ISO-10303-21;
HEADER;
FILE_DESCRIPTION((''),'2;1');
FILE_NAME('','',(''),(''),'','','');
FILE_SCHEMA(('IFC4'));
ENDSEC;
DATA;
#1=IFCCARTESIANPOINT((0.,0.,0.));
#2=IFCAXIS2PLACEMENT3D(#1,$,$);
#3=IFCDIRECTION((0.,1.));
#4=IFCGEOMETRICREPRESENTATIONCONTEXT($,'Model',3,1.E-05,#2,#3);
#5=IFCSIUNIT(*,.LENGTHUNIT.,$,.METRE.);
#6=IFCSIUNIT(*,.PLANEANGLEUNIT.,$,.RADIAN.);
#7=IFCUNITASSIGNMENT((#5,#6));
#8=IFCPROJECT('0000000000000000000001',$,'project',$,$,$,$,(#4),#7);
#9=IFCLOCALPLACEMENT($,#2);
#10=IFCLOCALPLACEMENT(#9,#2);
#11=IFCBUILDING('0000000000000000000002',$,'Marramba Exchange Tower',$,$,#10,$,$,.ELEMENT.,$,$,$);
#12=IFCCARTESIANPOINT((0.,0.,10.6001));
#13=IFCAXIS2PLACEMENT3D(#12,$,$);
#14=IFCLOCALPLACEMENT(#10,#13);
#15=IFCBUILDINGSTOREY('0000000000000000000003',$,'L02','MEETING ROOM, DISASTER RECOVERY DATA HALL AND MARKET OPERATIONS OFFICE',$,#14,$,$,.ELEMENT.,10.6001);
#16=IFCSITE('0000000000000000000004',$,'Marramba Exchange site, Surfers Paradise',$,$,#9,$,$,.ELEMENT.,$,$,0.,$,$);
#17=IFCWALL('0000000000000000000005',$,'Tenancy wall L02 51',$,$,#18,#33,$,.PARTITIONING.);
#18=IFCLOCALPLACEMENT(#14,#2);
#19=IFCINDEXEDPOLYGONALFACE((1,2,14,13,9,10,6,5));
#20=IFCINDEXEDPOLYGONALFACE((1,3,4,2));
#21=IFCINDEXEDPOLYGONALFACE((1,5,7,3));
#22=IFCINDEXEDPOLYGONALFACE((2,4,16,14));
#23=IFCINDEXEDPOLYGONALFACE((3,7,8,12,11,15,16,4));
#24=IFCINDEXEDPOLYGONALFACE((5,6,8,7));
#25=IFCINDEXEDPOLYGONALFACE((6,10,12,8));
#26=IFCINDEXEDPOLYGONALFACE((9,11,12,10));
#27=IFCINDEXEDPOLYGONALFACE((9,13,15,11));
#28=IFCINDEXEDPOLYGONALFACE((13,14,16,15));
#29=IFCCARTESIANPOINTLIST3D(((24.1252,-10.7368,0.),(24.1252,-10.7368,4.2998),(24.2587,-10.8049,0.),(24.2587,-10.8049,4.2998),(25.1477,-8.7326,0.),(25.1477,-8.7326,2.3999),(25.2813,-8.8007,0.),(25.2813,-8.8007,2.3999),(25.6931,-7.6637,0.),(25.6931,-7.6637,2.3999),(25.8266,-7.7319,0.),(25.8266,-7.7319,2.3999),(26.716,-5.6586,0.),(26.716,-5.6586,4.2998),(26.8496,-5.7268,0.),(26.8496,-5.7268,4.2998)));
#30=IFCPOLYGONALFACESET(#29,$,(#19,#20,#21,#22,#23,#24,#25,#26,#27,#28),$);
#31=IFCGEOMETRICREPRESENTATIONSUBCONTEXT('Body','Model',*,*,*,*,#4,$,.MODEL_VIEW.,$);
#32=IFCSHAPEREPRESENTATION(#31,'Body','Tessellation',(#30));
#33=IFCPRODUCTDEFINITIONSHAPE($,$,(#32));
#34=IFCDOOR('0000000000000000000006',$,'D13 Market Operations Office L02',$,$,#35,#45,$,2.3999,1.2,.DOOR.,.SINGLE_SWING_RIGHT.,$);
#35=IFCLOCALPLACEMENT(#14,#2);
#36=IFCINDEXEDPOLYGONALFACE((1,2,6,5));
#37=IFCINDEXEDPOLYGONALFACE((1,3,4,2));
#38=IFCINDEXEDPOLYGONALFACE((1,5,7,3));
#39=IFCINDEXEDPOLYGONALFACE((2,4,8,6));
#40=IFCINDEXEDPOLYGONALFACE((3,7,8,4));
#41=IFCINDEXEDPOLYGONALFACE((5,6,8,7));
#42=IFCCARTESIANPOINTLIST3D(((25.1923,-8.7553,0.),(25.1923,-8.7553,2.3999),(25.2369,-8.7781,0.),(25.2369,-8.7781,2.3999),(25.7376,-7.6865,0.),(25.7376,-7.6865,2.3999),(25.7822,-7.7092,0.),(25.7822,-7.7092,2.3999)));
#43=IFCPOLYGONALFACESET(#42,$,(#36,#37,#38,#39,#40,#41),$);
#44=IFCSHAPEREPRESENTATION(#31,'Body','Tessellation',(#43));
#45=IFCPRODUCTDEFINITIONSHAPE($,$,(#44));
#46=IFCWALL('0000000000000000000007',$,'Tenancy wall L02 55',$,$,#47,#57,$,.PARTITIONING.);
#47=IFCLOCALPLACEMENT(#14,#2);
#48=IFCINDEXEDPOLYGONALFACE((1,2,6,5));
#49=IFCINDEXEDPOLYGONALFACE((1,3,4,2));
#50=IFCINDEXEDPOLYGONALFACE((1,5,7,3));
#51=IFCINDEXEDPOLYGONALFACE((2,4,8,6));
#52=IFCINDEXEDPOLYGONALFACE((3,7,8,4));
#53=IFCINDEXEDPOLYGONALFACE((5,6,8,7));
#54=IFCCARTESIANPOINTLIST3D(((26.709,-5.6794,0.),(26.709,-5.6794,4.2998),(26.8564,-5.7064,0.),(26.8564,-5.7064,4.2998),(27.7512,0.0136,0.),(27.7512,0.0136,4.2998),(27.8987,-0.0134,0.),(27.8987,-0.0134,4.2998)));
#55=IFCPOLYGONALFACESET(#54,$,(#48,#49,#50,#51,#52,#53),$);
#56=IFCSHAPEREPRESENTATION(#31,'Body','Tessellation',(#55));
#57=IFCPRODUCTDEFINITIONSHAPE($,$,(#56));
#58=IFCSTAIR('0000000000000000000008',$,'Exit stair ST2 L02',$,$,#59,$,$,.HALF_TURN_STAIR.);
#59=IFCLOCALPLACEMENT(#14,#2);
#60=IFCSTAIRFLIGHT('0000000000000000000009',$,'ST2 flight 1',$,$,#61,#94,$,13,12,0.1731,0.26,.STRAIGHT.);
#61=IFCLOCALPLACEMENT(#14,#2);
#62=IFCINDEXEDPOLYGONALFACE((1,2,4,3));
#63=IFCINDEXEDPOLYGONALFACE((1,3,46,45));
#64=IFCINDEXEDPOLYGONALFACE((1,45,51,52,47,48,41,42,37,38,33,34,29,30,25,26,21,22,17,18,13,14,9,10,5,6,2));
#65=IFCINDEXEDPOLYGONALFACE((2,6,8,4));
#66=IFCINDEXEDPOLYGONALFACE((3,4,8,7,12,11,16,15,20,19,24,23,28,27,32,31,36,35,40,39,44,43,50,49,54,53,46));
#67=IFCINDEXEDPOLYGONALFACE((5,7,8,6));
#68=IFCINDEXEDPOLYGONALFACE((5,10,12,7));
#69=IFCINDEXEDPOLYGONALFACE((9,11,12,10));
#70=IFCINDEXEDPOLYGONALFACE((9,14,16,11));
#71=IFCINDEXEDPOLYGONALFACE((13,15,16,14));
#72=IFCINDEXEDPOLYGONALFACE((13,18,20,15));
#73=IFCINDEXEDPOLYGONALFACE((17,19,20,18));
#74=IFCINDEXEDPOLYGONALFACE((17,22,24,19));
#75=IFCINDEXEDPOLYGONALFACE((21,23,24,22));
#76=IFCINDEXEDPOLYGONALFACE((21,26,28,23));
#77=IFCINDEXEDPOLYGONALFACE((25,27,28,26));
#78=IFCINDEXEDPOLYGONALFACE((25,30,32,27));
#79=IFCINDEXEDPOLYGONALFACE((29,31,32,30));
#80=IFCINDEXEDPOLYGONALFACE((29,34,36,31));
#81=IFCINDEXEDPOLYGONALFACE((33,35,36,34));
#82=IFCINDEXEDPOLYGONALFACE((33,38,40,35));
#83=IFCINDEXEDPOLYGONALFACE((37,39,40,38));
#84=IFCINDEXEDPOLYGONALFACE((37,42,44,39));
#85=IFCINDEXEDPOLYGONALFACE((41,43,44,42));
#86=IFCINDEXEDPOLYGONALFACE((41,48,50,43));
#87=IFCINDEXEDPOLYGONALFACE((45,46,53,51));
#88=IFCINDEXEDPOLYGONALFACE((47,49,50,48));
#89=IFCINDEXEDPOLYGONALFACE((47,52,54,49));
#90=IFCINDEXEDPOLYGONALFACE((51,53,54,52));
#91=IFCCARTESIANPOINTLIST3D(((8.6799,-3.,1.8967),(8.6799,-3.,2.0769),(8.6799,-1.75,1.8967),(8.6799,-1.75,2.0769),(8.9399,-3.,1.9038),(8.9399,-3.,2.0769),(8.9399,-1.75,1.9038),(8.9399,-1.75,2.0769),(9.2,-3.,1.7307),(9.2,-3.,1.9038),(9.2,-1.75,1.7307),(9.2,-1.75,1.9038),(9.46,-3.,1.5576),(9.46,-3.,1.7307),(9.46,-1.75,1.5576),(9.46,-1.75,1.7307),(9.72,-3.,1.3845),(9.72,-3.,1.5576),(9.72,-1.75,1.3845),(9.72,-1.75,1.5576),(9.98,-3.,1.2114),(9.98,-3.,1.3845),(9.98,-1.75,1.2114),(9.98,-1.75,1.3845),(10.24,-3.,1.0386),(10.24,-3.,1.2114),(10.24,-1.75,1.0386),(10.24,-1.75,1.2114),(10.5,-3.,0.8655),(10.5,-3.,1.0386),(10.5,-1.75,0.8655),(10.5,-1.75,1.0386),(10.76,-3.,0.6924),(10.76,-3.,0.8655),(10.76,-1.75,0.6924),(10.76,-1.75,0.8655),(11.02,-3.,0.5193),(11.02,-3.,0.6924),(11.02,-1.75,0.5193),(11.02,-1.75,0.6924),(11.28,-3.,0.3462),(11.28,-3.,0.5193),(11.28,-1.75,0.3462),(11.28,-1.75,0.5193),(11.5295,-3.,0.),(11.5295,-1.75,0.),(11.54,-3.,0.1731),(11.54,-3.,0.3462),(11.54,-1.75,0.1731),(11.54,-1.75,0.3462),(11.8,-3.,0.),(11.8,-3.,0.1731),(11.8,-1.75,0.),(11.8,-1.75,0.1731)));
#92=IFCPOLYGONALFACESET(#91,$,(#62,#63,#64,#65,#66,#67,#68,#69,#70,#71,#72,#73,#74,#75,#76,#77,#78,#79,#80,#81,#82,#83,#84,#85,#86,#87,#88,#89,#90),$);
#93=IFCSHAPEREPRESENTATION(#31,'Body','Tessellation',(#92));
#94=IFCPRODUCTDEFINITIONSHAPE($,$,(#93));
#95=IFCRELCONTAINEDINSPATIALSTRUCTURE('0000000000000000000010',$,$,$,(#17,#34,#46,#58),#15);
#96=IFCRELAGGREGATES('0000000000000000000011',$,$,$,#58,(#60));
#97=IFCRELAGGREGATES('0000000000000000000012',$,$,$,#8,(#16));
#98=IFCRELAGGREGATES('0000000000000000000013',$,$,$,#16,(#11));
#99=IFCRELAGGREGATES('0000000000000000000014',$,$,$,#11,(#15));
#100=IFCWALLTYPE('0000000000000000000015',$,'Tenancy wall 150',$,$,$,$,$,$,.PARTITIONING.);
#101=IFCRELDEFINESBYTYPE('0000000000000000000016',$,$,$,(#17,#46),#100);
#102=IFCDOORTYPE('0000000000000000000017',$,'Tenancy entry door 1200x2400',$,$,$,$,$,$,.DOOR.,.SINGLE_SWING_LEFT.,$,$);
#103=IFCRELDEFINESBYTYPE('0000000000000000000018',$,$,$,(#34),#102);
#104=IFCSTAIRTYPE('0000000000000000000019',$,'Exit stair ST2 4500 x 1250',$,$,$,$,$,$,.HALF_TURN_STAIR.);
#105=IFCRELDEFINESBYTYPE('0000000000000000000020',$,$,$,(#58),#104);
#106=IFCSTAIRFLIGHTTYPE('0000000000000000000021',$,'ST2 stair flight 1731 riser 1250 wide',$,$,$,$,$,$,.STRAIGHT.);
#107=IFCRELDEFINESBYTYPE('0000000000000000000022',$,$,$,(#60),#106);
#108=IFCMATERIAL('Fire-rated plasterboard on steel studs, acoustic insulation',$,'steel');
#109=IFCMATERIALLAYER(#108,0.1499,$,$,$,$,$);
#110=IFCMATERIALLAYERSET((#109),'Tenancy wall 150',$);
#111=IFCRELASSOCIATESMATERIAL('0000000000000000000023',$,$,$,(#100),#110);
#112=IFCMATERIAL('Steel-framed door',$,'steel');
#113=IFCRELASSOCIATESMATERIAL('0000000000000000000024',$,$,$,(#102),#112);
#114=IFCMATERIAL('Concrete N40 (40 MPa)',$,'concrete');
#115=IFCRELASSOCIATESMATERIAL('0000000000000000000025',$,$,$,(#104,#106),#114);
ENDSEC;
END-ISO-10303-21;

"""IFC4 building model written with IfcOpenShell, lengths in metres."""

from ifc_helpers import new_model, si_unit, direction, frame, frame_2d, origin, place, context, subcontext, project, spatial, polyline, rectangle, outline, extrude, material, layer, layer_set, type_object, element, fill, aggregate, save


model = new_model("IFC4")

# Units and contexts
model_context = context("Model", 3, precision=1e-05, world=origin(), true_north=direction((0.0, 1.0)))
body_context = subcontext(model_context, "Body", "Model", "MODEL_VIEW")
ifc_project = project(units=[si_unit("LENGTHUNIT", "METRE"), si_unit("PLANEANGLEUNIT", "RADIAN")], contexts=[model_context])

# Site, building, storey
site_placement = place(None, origin())
site = spatial("IfcSite", under=ifc_project, at=site_placement, Name="Marramba Exchange site, Surfers Paradise", CompositionType="ELEMENT", RefElevation=0.0)
building_placement = place(site_placement, origin())
building = spatial("IfcBuilding", under=site, at=building_placement, Name="Marramba Exchange Tower", CompositionType="ELEMENT")
storey_placement = place(building_placement, frame((0.0, 0.0, 10.6001)))
storey = spatial("IfcBuildingStorey", under=building, at=storey_placement, Name="L02", Description="MEETING ROOM, DISASTER RECOVERY DATA HALL AND MARKET OPERATIONS OFFICE", CompositionType="ELEMENT", Elevation=10.6001)

# Shared definitions
ifc_material_1 = material(Name="Steel-framed door", Category="steel")

# Shared definitions
ifc_material_2 = material(Name="Fire-rated plasterboard on steel studs, acoustic insulation", Category="steel")
ifc_layer_1 = layer(ifc_material_2, 0.1499)
ifc_layer_set_1 = layer_set([ifc_layer_1], Name="Tenancy wall 150")
wall_type_1 = type_object("IfcWallType", Name="Tenancy wall 150", PredefinedType="PARTITIONING", material=ifc_layer_set_1)

# Wall, opening, door
wall_1_placement = place(storey_placement, frame((24.1919, -10.771, 0.0), z_axis=(0.0, 0.0, 1.0), x_axis=(0.454462, 0.890766, 0.0)))
wall_1 = element("IfcWall", 1, at=wall_1_placement, inside=storey, type_object=wall_type_1, Name="Tenancy wall L02 51", PredefinedType="PARTITIONING", context=body_context, shape_type="SweptSolid", body=[
    extrude(rectangle(XDim=5.7009, YDim=0.1499, at=frame_2d((2.8506, 0.0))), origin(), (0.0, 0.0, 1.0), 4.2998),
])
opening_1_placement = place(wall_1_placement, frame((2.25, 0.0, 0.0)))
opening_1 = element("IfcOpeningElement", 2, at=opening_1_placement, cuts=wall_1, PredefinedType="OPENING", context=body_context, shape_type="SweptSolid", body=[
    extrude(rectangle(XDim=1.2, YDim=2.3999, at=frame_2d((0.6001, 1.2))), frame((0.0, 0.085, 0.0), z_axis=(0.0, -1.0, 0.0), x_axis=(1.0, 0.0, 0.0)), (0.0, 0.0, 1.0), 0.1699),
])
door_type_1 = type_object("IfcDoorType", Name="Tenancy entry door 1200x2400", OperationType="SINGLE_SWING_LEFT", PredefinedType="DOOR", material=ifc_material_1)
door_1_placement = place(opening_1_placement, origin())
door_1 = element("IfcDoor", 3, at=door_1_placement, inside=storey, type_object=door_type_1, Name="D13 Market Operations Office L02", OperationType="SINGLE_SWING_RIGHT", OverallHeight=2.3999, OverallWidth=1.2, PredefinedType="DOOR", context=body_context, shape_type="SweptSolid", body=[
    extrude(rectangle(XDim=1.2, YDim=2.3999, at=frame_2d((0.6001, 1.2))), frame((0.0, 0.0249, 0.0), z_axis=(0.0, -1.0, 0.0), x_axis=(1.0, 0.0, 0.0)), (0.0, 0.0, 1.0), 0.05),
])
fill(opening_1, door_1)

# Wall
wall_2_placement = place(storey_placement, frame((26.7827, -5.6929, 0.0), z_axis=(0.0, 0.0, 1.0), x_axis=(0.180084, 0.983651, 0.0)))
element("IfcWall", 4, at=wall_2_placement, inside=storey, type_object=wall_type_1, Name="Tenancy wall L02 55", PredefinedType="PARTITIONING", context=body_context, shape_type="SweptSolid", body=[
    extrude(rectangle(XDim=5.7876, YDim=0.1499, at=frame_2d((2.8938, 0.0))), origin(), (0.0, 0.0, 1.0), 4.2998),
])

# Stair, stair flight
ifc_material_3 = material(Name="Concrete N40 (40 MPa)", Category="concrete")
stair_type = type_object("IfcStairType", Name="Exit stair ST2 4500 x 1250", PredefinedType="HALF_TURN_STAIR", material=ifc_material_3)
stair_placement = place(storey_placement, origin())
stair = element("IfcStair", 5, at=stair_placement, inside=storey, type_object=stair_type, Name="Exit stair ST2 L02", PredefinedType="HALF_TURN_STAIR")
stair_flight_type = type_object("IfcStairFlightType", Name="ST2 stair flight 1731 riser 1250 wide", PredefinedType="STRAIGHT", material=ifc_material_3)
stair_flight_placement = place(storey_placement, frame((11.8, -2.375, 0.0), z_axis=(0.0, 0.0, 1.0), x_axis=(-1.0, 0.0, 0.0)))
stair_flight = element("IfcStairFlight", 6, at=stair_flight_placement, type_object=stair_flight_type, Name="ST2 flight 1", NumberOfRisers=13, NumberOfTreads=12, PredefinedType="STRAIGHT", RiserHeight=0.1731, TreadLength=0.26, context=body_context, shape_type="SweptSolid", body=[
    extrude(outline(polyline([(0.0, 0.0), (0.0, 0.1731), (0.26, 0.1731), (0.26, 0.3462), (0.52, 0.3462), (0.52, 0.5193), (0.78, 0.5193), (0.78, 0.6924), (1.04, 0.6924), (1.04, 0.8655), (1.3, 0.8655), (1.3, 1.0386), (1.5601, 1.0386), (1.5601, 1.2114), (1.8201, 1.2114), (1.8201, 1.3845), (2.0801, 1.3845), (2.0801, 1.5576), (2.3401, 1.5576), (2.3401, 1.7307), (2.6001, 1.7307), (2.6001, 1.9038), (2.8601, 1.9038), (2.8601, 2.0769), (3.1201, 2.0769), (3.1201, 2.25), (3.1201, 1.8967), (0.2705, 0.0), (0.0, 0.0)])), frame((0.0, 0.625, 0.0), z_axis=(0.0, -1.0, 0.0), x_axis=(1.0, 0.0, 0.0)), (0.0, 0.0, 1.0), 1.25),
])
aggregate(stair, [stair_flight])

save(model, "model.ifc")
